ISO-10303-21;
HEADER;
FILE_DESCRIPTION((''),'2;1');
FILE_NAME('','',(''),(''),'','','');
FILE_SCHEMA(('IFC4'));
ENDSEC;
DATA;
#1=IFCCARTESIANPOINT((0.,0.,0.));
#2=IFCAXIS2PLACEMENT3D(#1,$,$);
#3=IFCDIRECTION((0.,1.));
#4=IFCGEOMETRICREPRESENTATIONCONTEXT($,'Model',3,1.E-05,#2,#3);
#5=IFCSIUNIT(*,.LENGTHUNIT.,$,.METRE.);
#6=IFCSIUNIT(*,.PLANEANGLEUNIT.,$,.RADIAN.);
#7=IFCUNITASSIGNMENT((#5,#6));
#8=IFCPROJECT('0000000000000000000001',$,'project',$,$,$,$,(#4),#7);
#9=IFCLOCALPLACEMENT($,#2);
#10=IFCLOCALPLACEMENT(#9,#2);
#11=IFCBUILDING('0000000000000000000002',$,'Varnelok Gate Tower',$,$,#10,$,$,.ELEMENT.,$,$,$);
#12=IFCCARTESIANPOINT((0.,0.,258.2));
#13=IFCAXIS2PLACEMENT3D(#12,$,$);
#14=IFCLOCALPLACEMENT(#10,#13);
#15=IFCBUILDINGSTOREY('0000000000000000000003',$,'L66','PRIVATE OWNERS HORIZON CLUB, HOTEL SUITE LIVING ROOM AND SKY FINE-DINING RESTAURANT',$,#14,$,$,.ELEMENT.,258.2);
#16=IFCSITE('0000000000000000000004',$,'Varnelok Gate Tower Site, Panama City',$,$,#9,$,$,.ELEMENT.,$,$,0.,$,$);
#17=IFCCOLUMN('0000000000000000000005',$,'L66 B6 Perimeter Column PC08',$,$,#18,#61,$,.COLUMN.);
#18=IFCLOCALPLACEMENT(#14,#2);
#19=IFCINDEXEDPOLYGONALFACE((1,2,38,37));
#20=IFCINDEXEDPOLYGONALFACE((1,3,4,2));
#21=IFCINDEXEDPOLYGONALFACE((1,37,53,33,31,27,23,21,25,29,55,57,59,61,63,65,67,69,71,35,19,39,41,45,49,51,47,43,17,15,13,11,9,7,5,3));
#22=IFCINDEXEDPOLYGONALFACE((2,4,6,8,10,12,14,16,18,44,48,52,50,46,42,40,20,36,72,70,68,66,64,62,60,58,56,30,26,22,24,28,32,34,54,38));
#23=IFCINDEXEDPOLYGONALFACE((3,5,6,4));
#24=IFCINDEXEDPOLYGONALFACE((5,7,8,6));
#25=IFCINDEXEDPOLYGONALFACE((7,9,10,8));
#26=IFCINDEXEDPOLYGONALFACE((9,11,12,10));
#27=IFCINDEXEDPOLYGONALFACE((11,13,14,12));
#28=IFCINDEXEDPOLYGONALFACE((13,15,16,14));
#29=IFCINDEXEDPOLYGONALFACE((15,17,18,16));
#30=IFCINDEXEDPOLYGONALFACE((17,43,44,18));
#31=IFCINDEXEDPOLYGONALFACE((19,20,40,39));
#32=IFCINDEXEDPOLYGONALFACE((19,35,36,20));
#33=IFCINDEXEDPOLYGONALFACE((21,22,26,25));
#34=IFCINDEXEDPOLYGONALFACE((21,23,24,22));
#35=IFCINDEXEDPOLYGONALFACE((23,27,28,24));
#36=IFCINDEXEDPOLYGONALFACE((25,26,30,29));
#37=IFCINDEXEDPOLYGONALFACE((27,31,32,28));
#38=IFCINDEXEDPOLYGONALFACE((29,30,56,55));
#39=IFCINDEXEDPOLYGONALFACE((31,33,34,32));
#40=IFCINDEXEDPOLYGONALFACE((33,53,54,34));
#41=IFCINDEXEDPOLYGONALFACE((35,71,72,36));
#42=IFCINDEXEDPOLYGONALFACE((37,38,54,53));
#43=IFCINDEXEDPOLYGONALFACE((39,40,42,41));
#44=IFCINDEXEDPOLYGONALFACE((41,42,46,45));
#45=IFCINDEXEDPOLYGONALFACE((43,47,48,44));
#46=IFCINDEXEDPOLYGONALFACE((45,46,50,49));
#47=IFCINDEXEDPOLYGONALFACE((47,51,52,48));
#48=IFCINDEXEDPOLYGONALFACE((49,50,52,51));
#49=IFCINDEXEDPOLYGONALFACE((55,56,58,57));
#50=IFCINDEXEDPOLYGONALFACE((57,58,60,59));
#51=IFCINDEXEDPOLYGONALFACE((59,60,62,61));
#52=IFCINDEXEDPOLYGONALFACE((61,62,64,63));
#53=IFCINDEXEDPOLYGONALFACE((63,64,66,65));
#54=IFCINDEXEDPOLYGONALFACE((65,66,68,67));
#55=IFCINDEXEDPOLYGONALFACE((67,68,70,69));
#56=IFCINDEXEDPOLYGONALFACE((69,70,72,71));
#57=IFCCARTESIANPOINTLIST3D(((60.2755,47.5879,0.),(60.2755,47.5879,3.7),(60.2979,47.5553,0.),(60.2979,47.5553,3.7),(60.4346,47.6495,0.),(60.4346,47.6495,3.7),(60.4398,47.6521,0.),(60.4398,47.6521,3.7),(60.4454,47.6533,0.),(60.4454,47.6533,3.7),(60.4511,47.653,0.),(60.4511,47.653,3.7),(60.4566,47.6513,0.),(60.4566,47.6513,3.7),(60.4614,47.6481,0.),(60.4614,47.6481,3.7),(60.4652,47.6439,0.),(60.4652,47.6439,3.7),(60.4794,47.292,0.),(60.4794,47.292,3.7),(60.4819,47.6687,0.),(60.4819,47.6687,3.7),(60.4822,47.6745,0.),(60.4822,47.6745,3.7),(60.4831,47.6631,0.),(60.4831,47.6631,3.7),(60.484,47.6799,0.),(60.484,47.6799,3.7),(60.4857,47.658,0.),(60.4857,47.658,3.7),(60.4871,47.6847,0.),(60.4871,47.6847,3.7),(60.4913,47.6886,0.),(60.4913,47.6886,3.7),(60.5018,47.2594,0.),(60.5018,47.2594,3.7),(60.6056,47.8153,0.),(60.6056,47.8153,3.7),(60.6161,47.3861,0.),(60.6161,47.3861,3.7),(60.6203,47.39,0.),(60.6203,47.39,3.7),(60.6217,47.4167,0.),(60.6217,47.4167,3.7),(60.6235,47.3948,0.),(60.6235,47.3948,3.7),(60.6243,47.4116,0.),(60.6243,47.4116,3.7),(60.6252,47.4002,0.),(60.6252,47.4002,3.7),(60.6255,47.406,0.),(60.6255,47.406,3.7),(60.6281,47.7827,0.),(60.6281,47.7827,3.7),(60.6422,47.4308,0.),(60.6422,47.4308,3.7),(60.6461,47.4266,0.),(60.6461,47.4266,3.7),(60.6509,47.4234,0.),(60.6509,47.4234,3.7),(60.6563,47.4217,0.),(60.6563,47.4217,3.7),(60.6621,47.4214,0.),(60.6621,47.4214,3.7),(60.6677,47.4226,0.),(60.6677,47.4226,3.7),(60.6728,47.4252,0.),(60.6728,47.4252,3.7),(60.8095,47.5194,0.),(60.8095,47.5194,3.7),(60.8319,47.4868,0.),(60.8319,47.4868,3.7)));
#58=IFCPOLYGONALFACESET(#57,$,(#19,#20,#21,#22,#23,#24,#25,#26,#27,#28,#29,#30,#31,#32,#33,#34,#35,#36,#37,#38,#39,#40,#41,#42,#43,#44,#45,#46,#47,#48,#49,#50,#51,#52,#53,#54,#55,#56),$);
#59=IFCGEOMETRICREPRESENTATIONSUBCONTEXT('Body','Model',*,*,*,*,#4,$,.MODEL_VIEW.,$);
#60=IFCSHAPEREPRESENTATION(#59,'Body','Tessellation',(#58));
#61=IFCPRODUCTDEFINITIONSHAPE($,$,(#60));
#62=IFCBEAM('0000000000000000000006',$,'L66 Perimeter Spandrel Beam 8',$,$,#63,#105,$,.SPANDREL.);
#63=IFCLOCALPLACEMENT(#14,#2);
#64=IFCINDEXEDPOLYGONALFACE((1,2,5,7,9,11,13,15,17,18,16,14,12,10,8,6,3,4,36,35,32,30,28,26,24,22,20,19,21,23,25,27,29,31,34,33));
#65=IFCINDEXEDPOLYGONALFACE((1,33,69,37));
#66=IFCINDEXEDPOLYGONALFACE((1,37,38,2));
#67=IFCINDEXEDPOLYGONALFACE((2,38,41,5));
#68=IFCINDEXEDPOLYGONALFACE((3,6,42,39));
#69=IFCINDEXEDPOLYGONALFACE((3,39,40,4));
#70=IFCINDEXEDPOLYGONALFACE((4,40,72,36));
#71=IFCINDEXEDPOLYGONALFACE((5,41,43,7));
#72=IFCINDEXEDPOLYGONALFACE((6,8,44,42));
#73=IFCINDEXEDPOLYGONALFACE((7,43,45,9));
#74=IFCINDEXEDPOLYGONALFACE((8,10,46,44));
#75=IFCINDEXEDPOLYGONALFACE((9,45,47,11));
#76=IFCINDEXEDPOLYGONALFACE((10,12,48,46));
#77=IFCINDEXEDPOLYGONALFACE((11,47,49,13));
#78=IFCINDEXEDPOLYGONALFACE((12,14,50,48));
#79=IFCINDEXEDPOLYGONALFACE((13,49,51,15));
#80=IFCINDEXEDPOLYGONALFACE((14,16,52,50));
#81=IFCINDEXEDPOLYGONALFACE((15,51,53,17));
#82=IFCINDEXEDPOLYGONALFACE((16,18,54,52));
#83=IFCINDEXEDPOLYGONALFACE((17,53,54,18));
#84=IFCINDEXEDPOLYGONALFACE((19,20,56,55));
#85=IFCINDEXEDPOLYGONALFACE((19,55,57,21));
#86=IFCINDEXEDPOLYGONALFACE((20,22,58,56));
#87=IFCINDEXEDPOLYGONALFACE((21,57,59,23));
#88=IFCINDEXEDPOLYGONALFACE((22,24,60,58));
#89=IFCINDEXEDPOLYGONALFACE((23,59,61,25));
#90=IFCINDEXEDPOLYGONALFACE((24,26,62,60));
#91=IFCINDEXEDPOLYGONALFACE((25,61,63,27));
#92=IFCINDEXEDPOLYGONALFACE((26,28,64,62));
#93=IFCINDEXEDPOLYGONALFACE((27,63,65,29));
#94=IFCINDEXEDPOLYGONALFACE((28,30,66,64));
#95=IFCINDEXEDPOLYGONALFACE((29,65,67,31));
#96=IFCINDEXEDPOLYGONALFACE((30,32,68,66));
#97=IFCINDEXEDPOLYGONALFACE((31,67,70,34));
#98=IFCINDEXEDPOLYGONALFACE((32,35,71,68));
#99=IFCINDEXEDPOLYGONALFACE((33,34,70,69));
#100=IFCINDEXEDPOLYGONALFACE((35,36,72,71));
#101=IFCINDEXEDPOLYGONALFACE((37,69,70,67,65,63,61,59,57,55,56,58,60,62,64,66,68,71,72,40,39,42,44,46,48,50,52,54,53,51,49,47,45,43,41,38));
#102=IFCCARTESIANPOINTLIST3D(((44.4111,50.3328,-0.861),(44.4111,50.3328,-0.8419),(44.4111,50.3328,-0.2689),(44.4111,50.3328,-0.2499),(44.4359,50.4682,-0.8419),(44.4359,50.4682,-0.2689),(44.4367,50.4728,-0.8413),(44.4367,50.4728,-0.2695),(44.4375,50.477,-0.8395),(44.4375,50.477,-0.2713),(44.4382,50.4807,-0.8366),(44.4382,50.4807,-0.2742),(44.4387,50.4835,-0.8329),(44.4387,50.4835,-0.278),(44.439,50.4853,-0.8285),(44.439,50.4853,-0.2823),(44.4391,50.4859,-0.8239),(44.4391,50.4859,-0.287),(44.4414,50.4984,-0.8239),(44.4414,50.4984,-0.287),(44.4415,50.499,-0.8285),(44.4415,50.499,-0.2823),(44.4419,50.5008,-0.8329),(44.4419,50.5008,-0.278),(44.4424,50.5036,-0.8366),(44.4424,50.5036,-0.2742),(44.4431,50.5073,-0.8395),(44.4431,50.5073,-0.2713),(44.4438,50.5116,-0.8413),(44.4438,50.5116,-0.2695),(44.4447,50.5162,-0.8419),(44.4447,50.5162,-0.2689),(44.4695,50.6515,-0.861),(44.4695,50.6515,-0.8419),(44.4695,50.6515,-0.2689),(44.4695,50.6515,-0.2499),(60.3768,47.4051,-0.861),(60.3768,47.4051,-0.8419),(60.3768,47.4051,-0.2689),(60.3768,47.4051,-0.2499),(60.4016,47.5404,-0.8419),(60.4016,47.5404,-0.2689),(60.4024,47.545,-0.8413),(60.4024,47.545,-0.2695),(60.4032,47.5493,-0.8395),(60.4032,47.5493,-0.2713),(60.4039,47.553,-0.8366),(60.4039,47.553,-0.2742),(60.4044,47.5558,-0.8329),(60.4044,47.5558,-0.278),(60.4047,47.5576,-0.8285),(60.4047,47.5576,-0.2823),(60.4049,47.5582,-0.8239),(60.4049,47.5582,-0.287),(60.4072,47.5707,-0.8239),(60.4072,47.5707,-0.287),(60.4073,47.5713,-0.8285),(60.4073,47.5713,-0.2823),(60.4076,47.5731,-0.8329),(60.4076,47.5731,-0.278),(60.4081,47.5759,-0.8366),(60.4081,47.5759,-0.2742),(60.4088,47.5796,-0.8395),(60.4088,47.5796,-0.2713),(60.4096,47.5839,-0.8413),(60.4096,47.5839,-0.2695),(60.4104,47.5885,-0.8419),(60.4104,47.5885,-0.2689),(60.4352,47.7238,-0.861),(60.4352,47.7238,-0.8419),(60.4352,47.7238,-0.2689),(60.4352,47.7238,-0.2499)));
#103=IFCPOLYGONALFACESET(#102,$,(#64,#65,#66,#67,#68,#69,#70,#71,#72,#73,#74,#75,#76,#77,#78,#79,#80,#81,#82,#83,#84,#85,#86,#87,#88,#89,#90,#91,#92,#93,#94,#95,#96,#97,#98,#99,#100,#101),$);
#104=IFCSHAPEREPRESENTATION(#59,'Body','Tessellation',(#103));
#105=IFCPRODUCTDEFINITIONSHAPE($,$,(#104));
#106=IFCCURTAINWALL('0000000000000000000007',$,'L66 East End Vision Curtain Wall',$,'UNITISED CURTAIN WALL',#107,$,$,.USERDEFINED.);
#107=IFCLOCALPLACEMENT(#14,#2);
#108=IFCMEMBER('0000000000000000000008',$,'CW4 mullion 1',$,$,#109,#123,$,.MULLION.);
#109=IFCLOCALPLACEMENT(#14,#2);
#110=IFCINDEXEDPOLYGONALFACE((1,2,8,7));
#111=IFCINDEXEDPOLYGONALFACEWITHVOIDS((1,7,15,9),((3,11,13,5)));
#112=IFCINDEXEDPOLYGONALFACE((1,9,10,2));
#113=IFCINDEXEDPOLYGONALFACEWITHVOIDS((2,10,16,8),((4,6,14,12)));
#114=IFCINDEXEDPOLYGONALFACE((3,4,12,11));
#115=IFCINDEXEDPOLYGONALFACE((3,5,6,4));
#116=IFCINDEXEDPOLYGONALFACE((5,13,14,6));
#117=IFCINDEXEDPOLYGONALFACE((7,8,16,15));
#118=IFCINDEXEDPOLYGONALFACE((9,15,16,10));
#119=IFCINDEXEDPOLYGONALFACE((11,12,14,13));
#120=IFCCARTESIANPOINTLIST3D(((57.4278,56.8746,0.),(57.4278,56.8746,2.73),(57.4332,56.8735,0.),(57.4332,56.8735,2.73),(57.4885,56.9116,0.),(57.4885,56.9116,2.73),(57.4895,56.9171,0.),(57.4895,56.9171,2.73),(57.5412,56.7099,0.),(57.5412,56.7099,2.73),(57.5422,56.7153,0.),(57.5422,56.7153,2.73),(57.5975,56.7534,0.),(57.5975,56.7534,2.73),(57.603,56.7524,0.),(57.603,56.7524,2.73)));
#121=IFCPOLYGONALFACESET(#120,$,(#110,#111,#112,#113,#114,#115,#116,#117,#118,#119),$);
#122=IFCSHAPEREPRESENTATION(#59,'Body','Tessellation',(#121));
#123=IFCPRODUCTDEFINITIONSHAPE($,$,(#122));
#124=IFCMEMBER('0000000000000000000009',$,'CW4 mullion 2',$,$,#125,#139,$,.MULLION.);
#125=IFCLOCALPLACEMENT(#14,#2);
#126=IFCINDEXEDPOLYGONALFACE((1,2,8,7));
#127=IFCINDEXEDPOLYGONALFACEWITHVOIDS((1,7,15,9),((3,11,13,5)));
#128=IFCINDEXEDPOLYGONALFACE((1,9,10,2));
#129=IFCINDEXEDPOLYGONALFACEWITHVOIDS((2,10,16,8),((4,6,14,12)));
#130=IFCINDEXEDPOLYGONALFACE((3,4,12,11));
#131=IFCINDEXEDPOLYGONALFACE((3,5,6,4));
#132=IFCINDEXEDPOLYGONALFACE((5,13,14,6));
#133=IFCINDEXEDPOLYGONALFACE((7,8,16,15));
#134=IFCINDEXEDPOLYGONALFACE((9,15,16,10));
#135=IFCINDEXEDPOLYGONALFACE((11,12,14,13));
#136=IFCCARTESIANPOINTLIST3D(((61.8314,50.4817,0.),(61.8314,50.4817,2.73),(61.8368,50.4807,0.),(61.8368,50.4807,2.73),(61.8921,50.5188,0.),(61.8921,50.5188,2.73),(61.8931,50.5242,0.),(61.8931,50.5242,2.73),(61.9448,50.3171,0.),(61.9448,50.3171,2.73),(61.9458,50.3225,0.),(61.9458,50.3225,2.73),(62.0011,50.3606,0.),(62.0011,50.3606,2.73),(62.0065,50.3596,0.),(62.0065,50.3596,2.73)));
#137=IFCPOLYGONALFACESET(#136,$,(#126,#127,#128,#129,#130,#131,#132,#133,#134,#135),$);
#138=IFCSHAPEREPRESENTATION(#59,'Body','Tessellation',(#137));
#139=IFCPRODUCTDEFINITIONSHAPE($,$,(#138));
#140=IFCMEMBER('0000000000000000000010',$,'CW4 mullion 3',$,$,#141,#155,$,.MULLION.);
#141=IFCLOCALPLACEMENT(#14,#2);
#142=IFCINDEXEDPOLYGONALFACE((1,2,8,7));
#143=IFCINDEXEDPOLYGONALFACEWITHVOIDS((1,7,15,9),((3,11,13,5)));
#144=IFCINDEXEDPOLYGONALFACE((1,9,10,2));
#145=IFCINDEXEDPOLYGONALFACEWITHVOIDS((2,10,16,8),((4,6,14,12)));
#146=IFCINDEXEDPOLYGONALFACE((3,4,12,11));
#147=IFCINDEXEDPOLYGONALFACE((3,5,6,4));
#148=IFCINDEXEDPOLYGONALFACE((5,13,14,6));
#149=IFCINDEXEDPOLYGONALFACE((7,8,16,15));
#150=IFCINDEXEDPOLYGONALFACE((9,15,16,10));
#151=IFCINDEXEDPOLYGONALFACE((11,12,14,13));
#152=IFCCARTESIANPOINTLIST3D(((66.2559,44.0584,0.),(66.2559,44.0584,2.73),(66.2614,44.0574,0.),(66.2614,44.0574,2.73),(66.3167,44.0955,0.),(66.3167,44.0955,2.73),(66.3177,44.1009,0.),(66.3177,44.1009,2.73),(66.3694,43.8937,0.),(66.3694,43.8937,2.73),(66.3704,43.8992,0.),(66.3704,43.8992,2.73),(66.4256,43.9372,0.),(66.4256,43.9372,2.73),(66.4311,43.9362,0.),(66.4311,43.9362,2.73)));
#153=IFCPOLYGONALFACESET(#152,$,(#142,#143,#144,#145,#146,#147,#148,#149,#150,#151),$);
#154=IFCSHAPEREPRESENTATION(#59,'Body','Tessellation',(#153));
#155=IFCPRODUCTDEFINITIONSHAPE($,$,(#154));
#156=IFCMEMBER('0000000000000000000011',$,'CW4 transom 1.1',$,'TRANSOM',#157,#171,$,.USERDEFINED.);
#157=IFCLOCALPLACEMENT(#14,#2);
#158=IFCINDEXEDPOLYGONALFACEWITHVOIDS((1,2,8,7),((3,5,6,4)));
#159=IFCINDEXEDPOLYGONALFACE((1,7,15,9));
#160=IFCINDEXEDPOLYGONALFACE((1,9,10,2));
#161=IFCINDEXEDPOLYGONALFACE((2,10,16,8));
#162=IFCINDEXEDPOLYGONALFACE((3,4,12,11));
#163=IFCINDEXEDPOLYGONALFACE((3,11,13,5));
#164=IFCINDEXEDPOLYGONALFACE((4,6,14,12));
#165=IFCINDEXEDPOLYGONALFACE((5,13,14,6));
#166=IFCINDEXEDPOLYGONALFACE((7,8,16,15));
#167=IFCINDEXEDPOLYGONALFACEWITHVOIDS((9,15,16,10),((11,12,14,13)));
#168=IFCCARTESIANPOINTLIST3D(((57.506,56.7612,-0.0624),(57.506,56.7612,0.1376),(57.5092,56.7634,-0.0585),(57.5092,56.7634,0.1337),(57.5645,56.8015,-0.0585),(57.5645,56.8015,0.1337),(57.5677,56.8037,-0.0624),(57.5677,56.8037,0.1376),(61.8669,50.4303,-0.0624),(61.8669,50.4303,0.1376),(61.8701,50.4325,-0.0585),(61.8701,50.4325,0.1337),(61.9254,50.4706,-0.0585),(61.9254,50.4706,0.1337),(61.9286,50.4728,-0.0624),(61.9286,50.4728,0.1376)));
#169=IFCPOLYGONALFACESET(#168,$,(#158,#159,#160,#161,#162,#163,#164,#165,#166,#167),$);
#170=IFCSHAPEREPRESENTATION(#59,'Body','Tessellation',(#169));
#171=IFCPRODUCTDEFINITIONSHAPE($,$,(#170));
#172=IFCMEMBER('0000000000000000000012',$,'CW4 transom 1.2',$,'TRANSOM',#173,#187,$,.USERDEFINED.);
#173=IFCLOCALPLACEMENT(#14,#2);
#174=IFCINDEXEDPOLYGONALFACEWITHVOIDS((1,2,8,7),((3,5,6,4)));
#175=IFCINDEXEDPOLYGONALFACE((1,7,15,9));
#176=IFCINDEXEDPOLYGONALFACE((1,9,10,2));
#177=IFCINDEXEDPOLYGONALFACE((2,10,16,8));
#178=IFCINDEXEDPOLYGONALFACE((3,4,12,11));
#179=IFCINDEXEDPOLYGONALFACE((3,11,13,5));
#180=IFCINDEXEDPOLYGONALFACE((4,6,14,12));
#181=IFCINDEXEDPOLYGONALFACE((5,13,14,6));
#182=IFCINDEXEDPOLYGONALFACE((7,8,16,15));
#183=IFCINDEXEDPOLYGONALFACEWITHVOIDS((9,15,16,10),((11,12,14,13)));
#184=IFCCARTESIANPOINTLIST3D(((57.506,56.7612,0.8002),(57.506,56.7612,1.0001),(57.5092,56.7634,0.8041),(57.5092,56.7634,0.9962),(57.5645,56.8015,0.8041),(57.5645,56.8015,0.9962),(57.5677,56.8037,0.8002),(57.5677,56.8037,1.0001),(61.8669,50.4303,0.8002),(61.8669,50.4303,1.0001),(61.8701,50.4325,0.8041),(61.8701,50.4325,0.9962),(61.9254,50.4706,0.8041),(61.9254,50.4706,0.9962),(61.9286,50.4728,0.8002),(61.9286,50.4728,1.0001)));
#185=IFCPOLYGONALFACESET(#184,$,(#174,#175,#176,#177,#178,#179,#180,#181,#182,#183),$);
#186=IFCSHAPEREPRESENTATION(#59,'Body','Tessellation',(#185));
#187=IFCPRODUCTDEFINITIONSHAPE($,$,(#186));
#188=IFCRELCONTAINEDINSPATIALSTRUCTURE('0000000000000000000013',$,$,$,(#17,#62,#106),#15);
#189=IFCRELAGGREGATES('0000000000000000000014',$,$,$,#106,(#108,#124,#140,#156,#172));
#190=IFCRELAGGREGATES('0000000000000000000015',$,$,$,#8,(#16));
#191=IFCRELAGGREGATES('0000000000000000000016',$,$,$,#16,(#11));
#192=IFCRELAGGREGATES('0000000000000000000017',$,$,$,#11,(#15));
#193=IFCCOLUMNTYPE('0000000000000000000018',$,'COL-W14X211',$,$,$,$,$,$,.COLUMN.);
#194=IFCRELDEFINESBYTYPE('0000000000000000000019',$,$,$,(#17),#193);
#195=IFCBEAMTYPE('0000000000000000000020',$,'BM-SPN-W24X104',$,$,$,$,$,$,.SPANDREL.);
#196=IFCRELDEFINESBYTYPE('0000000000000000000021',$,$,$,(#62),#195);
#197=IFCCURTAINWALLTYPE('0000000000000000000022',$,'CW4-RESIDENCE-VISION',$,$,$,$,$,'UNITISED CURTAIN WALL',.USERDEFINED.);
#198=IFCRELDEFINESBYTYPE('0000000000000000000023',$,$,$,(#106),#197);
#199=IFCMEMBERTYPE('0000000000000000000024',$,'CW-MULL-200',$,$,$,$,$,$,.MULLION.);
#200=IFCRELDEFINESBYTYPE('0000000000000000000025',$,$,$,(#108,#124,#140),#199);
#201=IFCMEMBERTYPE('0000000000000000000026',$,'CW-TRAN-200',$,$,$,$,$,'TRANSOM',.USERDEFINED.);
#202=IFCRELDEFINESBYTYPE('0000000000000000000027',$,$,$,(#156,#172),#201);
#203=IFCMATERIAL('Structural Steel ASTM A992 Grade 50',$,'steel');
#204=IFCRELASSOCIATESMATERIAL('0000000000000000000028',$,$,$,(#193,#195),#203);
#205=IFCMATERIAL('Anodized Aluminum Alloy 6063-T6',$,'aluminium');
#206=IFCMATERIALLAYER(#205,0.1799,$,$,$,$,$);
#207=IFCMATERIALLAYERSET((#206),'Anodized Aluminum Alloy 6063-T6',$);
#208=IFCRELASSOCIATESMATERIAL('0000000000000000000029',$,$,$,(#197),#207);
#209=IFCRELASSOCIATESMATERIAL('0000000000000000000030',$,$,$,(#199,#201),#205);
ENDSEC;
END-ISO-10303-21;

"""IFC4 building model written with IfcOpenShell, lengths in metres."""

from ifc_helpers import new_model, si_unit, direction, frame, origin, origin_2d, place, context, subcontext, project, spatial, hollow_rectangle, i_section, extrude, material, layer, layer_set, material_profile, profile_set, type_object, element, aggregate, save


model = new_model("IFC4")

# Units and contexts
model_context = context("Model", 3, precision=1e-05, world=origin(), true_north=direction((0.0, 1.0)))
body_context = subcontext(model_context, "Body", "Model", "MODEL_VIEW")
ifc_project = project(units=[si_unit("LENGTHUNIT", "METRE"), si_unit("PLANEANGLEUNIT", "RADIAN")], contexts=[model_context])

# Site, building, storey
site_placement = place(None, origin())
site = spatial("IfcSite", under=ifc_project, at=site_placement, Name="Varnelok Gate Tower Site, Panama City", CompositionType="ELEMENT", RefElevation=0.0)
building_placement = place(site_placement, origin())
building = spatial("IfcBuilding", under=site, at=building_placement, Name="Varnelok Gate Tower", CompositionType="ELEMENT")
storey_placement = place(building_placement, frame((0.0, 0.0, 258.2)))
storey = spatial("IfcBuildingStorey", under=building, at=storey_placement, Name="L66", Description="PRIVATE OWNERS HORIZON CLUB, HOTEL SUITE LIVING ROOM AND SKY FINE-DINING RESTAURANT", CompositionType="ELEMENT", Elevation=258.2)

# Column
ifc_material_1 = material(Name="Structural Steel ASTM A992 Grade 50", Category="steel")
ifc_material_profile_1 = material_profile(ifc_material_1, i_section(OverallWidth=0.4009, OverallDepth=0.3989, WebThickness=0.0249, FlangeThickness=0.0396, FilletRadius=0.022, at=origin_2d()), Name="W14X211")
ifc_profile_set_1 = profile_set([ifc_material_profile_1], Name="Structural Steel ASTM A992 Grade 50")
column_type = type_object("IfcColumnType", Name="COL-W14X211", PredefinedType="COLUMN", material=ifc_profile_set_1)
column_placement = place(storey_placement, frame((60.5537, 47.5374, 0.0), z_axis=(0.0, 0.0, 1.0), x_axis=(0.823533, 0.567269, 0.0)))
element("IfcColumn", 1, at=column_placement, inside=storey, type_object=column_type, Name="L66 B6 Perimeter Column PC08", PredefinedType="COLUMN", context=body_context, shape_type="SweptSolid", body=[
    extrude(i_section(OverallWidth=0.4009, OverallDepth=0.3989, WebThickness=0.0249, FlangeThickness=0.0396, FilletRadius=0.022, at=origin_2d()), origin(), (0.0, 0.0, 1.0), 3.7),
])

# Beam
ifc_material_profile_2 = material_profile(ifc_material_1, i_section(OverallWidth=0.324, OverallDepth=0.6111, WebThickness=0.0127, FlangeThickness=0.019, FilletRadius=0.0181, at=origin_2d()), Name="W24X104")
ifc_profile_set_2 = profile_set([ifc_material_profile_2], Name="Structural Steel ASTM A992 Grade 50")
beam_type = type_object("IfcBeamType", Name="BM-SPN-W24X104", PredefinedType="SPANDREL", material=ifc_profile_set_2)
beam_placement = place(storey_placement, frame((60.406, 47.5645, -0.5554), z_axis=(-0.983599, 0.180368, 0.0), x_axis=(-0.180368, -0.983599, 0.0)))
element("IfcBeam", 2, at=beam_placement, inside=storey, type_object=beam_type, Name="L66 Perimeter Spandrel Beam 8", PredefinedType="SPANDREL", context=body_context, shape_type="SweptSolid", body=[
    extrude(i_section(OverallWidth=0.324, OverallDepth=0.6111, WebThickness=0.0127, FlangeThickness=0.019, FilletRadius=0.0181, at=origin_2d()), origin(), (0.0, 0.0, 1.0), 16.2319),
])

# Curtain wall, members
ifc_material_2 = material(Name="Anodized Aluminum Alloy 6063-T6", Category="aluminium")
ifc_layer_1 = layer(ifc_material_2, 0.1799)
ifc_layer_set_1 = layer_set([ifc_layer_1], Name="Anodized Aluminum Alloy 6063-T6")
curtain_wall_type = type_object("IfcCurtainWallType", Name="CW4-RESIDENCE-VISION", ElementType="UNITISED CURTAIN WALL", PredefinedType="USERDEFINED", material=ifc_layer_set_1)
curtain_wall_placement = place(storey_placement, origin())
curtain_wall = element("IfcCurtainWall", 3, at=curtain_wall_placement, inside=storey, type_object=curtain_wall_type, Name="L66 East End Vision Curtain Wall", ObjectType="UNITISED CURTAIN WALL", PredefinedType="USERDEFINED")
ifc_material_profile_3 = material_profile(ifc_material_2, hollow_rectangle(XDim=0.075, YDim=0.2, WallThickness=0.0039, at=origin_2d()), Name="ALU200X75X4")
ifc_profile_set_3 = profile_set([ifc_material_profile_3], Name="Anodized Aluminum Alloy 6063-T6")
member_type_1 = type_object("IfcMemberType", Name="CW-MULL-200", PredefinedType="MULLION", material=ifc_profile_set_3)
member_1_placement = place(storey_placement, frame((57.5154, 56.8135, 0.0), z_axis=(0.0, 0.0, 1.0), x_axis=(0.823532, 0.567269, 0.0)))
member_1 = element("IfcMember", 4, at=member_1_placement, type_object=member_type_1, Name="CW4 mullion 1", PredefinedType="MULLION", context=body_context, shape_type="SweptSolid", body=[
    extrude(hollow_rectangle(XDim=0.075, YDim=0.2, WallThickness=0.0039, at=origin_2d()), origin(), (0.0, 0.0, 1.0), 2.73),
])
member_2_placement = place(storey_placement, frame((61.9189, 50.4207, 0.0), z_axis=(0.0, 0.0, 1.0), x_axis=(0.823532, 0.567269, 0.0)))
member_2 = element("IfcMember", 5, at=member_2_placement, type_object=member_type_1, Name="CW4 mullion 2", PredefinedType="MULLION", context=body_context, shape_type="SweptSolid", body=[
    extrude(hollow_rectangle(XDim=0.075, YDim=0.2, WallThickness=0.0039, at=origin_2d()), origin(), (0.0, 0.0, 1.0), 2.73),
])
member_3_placement = place(storey_placement, frame((66.3435, 43.9973, 0.0), z_axis=(0.0, 0.0, 1.0), x_axis=(0.823532, 0.567269, 0.0)))
member_3 = element("IfcMember", 6, at=member_3_placement, type_object=member_type_1, Name="CW4 mullion 3", PredefinedType="MULLION", context=body_context, shape_type="SweptSolid", body=[
    extrude(hollow_rectangle(XDim=0.075, YDim=0.2, WallThickness=0.0039, at=origin_2d()), origin(), (0.0, 0.0, 1.0), 2.73),
])
ifc_material_profile_4 = material_profile(ifc_material_2, hollow_rectangle(XDim=0.075, YDim=0.2, WallThickness=0.0039, at=origin_2d()), Name="ALU200X75X4")
ifc_profile_set_4 = profile_set([ifc_material_profile_4], Name="Anodized Aluminum Alloy 6063-T6")
member_type_2 = type_object("IfcMemberType", Name="CW-TRAN-200", ElementType="TRANSOM", PredefinedType="USERDEFINED", material=ifc_profile_set_4)
member_4_placement = place(storey_placement, frame((57.5369, 56.7825, 0.0376), z_axis=(0.567271, -0.823531, 0.0), x_axis=(0.823531, 0.567271, 0.0)))
member_4 = element("IfcMember", 7, at=member_4_placement, type_object=member_type_2, Name="CW4 transom 1.1", ObjectType="TRANSOM", PredefinedType="USERDEFINED", context=body_context, shape_type="SweptSolid", body=[
    extrude(hollow_rectangle(XDim=0.075, YDim=0.2, WallThickness=0.0039, at=origin_2d()), origin(), (0.0, 0.0, 1.0), 7.6875),
])
member_5_placement = place(storey_placement, frame((57.5369, 56.7825, 0.9001), z_axis=(0.567271, -0.823531, 0.0), x_axis=(0.823531, 0.567271, 0.0)))
member_5 = element("IfcMember", 8, at=member_5_placement, type_object=member_type_2, Name="CW4 transom 1.2", ObjectType="TRANSOM", PredefinedType="USERDEFINED", context=body_context, shape_type="SweptSolid", body=[
    extrude(hollow_rectangle(XDim=0.075, YDim=0.2, WallThickness=0.0039, at=origin_2d()), origin(), (0.0, 0.0, 1.0), 7.6875),
])
aggregate(curtain_wall, [member_1, member_2, member_3, member_4, member_5])

save(model, "model.ifc")
